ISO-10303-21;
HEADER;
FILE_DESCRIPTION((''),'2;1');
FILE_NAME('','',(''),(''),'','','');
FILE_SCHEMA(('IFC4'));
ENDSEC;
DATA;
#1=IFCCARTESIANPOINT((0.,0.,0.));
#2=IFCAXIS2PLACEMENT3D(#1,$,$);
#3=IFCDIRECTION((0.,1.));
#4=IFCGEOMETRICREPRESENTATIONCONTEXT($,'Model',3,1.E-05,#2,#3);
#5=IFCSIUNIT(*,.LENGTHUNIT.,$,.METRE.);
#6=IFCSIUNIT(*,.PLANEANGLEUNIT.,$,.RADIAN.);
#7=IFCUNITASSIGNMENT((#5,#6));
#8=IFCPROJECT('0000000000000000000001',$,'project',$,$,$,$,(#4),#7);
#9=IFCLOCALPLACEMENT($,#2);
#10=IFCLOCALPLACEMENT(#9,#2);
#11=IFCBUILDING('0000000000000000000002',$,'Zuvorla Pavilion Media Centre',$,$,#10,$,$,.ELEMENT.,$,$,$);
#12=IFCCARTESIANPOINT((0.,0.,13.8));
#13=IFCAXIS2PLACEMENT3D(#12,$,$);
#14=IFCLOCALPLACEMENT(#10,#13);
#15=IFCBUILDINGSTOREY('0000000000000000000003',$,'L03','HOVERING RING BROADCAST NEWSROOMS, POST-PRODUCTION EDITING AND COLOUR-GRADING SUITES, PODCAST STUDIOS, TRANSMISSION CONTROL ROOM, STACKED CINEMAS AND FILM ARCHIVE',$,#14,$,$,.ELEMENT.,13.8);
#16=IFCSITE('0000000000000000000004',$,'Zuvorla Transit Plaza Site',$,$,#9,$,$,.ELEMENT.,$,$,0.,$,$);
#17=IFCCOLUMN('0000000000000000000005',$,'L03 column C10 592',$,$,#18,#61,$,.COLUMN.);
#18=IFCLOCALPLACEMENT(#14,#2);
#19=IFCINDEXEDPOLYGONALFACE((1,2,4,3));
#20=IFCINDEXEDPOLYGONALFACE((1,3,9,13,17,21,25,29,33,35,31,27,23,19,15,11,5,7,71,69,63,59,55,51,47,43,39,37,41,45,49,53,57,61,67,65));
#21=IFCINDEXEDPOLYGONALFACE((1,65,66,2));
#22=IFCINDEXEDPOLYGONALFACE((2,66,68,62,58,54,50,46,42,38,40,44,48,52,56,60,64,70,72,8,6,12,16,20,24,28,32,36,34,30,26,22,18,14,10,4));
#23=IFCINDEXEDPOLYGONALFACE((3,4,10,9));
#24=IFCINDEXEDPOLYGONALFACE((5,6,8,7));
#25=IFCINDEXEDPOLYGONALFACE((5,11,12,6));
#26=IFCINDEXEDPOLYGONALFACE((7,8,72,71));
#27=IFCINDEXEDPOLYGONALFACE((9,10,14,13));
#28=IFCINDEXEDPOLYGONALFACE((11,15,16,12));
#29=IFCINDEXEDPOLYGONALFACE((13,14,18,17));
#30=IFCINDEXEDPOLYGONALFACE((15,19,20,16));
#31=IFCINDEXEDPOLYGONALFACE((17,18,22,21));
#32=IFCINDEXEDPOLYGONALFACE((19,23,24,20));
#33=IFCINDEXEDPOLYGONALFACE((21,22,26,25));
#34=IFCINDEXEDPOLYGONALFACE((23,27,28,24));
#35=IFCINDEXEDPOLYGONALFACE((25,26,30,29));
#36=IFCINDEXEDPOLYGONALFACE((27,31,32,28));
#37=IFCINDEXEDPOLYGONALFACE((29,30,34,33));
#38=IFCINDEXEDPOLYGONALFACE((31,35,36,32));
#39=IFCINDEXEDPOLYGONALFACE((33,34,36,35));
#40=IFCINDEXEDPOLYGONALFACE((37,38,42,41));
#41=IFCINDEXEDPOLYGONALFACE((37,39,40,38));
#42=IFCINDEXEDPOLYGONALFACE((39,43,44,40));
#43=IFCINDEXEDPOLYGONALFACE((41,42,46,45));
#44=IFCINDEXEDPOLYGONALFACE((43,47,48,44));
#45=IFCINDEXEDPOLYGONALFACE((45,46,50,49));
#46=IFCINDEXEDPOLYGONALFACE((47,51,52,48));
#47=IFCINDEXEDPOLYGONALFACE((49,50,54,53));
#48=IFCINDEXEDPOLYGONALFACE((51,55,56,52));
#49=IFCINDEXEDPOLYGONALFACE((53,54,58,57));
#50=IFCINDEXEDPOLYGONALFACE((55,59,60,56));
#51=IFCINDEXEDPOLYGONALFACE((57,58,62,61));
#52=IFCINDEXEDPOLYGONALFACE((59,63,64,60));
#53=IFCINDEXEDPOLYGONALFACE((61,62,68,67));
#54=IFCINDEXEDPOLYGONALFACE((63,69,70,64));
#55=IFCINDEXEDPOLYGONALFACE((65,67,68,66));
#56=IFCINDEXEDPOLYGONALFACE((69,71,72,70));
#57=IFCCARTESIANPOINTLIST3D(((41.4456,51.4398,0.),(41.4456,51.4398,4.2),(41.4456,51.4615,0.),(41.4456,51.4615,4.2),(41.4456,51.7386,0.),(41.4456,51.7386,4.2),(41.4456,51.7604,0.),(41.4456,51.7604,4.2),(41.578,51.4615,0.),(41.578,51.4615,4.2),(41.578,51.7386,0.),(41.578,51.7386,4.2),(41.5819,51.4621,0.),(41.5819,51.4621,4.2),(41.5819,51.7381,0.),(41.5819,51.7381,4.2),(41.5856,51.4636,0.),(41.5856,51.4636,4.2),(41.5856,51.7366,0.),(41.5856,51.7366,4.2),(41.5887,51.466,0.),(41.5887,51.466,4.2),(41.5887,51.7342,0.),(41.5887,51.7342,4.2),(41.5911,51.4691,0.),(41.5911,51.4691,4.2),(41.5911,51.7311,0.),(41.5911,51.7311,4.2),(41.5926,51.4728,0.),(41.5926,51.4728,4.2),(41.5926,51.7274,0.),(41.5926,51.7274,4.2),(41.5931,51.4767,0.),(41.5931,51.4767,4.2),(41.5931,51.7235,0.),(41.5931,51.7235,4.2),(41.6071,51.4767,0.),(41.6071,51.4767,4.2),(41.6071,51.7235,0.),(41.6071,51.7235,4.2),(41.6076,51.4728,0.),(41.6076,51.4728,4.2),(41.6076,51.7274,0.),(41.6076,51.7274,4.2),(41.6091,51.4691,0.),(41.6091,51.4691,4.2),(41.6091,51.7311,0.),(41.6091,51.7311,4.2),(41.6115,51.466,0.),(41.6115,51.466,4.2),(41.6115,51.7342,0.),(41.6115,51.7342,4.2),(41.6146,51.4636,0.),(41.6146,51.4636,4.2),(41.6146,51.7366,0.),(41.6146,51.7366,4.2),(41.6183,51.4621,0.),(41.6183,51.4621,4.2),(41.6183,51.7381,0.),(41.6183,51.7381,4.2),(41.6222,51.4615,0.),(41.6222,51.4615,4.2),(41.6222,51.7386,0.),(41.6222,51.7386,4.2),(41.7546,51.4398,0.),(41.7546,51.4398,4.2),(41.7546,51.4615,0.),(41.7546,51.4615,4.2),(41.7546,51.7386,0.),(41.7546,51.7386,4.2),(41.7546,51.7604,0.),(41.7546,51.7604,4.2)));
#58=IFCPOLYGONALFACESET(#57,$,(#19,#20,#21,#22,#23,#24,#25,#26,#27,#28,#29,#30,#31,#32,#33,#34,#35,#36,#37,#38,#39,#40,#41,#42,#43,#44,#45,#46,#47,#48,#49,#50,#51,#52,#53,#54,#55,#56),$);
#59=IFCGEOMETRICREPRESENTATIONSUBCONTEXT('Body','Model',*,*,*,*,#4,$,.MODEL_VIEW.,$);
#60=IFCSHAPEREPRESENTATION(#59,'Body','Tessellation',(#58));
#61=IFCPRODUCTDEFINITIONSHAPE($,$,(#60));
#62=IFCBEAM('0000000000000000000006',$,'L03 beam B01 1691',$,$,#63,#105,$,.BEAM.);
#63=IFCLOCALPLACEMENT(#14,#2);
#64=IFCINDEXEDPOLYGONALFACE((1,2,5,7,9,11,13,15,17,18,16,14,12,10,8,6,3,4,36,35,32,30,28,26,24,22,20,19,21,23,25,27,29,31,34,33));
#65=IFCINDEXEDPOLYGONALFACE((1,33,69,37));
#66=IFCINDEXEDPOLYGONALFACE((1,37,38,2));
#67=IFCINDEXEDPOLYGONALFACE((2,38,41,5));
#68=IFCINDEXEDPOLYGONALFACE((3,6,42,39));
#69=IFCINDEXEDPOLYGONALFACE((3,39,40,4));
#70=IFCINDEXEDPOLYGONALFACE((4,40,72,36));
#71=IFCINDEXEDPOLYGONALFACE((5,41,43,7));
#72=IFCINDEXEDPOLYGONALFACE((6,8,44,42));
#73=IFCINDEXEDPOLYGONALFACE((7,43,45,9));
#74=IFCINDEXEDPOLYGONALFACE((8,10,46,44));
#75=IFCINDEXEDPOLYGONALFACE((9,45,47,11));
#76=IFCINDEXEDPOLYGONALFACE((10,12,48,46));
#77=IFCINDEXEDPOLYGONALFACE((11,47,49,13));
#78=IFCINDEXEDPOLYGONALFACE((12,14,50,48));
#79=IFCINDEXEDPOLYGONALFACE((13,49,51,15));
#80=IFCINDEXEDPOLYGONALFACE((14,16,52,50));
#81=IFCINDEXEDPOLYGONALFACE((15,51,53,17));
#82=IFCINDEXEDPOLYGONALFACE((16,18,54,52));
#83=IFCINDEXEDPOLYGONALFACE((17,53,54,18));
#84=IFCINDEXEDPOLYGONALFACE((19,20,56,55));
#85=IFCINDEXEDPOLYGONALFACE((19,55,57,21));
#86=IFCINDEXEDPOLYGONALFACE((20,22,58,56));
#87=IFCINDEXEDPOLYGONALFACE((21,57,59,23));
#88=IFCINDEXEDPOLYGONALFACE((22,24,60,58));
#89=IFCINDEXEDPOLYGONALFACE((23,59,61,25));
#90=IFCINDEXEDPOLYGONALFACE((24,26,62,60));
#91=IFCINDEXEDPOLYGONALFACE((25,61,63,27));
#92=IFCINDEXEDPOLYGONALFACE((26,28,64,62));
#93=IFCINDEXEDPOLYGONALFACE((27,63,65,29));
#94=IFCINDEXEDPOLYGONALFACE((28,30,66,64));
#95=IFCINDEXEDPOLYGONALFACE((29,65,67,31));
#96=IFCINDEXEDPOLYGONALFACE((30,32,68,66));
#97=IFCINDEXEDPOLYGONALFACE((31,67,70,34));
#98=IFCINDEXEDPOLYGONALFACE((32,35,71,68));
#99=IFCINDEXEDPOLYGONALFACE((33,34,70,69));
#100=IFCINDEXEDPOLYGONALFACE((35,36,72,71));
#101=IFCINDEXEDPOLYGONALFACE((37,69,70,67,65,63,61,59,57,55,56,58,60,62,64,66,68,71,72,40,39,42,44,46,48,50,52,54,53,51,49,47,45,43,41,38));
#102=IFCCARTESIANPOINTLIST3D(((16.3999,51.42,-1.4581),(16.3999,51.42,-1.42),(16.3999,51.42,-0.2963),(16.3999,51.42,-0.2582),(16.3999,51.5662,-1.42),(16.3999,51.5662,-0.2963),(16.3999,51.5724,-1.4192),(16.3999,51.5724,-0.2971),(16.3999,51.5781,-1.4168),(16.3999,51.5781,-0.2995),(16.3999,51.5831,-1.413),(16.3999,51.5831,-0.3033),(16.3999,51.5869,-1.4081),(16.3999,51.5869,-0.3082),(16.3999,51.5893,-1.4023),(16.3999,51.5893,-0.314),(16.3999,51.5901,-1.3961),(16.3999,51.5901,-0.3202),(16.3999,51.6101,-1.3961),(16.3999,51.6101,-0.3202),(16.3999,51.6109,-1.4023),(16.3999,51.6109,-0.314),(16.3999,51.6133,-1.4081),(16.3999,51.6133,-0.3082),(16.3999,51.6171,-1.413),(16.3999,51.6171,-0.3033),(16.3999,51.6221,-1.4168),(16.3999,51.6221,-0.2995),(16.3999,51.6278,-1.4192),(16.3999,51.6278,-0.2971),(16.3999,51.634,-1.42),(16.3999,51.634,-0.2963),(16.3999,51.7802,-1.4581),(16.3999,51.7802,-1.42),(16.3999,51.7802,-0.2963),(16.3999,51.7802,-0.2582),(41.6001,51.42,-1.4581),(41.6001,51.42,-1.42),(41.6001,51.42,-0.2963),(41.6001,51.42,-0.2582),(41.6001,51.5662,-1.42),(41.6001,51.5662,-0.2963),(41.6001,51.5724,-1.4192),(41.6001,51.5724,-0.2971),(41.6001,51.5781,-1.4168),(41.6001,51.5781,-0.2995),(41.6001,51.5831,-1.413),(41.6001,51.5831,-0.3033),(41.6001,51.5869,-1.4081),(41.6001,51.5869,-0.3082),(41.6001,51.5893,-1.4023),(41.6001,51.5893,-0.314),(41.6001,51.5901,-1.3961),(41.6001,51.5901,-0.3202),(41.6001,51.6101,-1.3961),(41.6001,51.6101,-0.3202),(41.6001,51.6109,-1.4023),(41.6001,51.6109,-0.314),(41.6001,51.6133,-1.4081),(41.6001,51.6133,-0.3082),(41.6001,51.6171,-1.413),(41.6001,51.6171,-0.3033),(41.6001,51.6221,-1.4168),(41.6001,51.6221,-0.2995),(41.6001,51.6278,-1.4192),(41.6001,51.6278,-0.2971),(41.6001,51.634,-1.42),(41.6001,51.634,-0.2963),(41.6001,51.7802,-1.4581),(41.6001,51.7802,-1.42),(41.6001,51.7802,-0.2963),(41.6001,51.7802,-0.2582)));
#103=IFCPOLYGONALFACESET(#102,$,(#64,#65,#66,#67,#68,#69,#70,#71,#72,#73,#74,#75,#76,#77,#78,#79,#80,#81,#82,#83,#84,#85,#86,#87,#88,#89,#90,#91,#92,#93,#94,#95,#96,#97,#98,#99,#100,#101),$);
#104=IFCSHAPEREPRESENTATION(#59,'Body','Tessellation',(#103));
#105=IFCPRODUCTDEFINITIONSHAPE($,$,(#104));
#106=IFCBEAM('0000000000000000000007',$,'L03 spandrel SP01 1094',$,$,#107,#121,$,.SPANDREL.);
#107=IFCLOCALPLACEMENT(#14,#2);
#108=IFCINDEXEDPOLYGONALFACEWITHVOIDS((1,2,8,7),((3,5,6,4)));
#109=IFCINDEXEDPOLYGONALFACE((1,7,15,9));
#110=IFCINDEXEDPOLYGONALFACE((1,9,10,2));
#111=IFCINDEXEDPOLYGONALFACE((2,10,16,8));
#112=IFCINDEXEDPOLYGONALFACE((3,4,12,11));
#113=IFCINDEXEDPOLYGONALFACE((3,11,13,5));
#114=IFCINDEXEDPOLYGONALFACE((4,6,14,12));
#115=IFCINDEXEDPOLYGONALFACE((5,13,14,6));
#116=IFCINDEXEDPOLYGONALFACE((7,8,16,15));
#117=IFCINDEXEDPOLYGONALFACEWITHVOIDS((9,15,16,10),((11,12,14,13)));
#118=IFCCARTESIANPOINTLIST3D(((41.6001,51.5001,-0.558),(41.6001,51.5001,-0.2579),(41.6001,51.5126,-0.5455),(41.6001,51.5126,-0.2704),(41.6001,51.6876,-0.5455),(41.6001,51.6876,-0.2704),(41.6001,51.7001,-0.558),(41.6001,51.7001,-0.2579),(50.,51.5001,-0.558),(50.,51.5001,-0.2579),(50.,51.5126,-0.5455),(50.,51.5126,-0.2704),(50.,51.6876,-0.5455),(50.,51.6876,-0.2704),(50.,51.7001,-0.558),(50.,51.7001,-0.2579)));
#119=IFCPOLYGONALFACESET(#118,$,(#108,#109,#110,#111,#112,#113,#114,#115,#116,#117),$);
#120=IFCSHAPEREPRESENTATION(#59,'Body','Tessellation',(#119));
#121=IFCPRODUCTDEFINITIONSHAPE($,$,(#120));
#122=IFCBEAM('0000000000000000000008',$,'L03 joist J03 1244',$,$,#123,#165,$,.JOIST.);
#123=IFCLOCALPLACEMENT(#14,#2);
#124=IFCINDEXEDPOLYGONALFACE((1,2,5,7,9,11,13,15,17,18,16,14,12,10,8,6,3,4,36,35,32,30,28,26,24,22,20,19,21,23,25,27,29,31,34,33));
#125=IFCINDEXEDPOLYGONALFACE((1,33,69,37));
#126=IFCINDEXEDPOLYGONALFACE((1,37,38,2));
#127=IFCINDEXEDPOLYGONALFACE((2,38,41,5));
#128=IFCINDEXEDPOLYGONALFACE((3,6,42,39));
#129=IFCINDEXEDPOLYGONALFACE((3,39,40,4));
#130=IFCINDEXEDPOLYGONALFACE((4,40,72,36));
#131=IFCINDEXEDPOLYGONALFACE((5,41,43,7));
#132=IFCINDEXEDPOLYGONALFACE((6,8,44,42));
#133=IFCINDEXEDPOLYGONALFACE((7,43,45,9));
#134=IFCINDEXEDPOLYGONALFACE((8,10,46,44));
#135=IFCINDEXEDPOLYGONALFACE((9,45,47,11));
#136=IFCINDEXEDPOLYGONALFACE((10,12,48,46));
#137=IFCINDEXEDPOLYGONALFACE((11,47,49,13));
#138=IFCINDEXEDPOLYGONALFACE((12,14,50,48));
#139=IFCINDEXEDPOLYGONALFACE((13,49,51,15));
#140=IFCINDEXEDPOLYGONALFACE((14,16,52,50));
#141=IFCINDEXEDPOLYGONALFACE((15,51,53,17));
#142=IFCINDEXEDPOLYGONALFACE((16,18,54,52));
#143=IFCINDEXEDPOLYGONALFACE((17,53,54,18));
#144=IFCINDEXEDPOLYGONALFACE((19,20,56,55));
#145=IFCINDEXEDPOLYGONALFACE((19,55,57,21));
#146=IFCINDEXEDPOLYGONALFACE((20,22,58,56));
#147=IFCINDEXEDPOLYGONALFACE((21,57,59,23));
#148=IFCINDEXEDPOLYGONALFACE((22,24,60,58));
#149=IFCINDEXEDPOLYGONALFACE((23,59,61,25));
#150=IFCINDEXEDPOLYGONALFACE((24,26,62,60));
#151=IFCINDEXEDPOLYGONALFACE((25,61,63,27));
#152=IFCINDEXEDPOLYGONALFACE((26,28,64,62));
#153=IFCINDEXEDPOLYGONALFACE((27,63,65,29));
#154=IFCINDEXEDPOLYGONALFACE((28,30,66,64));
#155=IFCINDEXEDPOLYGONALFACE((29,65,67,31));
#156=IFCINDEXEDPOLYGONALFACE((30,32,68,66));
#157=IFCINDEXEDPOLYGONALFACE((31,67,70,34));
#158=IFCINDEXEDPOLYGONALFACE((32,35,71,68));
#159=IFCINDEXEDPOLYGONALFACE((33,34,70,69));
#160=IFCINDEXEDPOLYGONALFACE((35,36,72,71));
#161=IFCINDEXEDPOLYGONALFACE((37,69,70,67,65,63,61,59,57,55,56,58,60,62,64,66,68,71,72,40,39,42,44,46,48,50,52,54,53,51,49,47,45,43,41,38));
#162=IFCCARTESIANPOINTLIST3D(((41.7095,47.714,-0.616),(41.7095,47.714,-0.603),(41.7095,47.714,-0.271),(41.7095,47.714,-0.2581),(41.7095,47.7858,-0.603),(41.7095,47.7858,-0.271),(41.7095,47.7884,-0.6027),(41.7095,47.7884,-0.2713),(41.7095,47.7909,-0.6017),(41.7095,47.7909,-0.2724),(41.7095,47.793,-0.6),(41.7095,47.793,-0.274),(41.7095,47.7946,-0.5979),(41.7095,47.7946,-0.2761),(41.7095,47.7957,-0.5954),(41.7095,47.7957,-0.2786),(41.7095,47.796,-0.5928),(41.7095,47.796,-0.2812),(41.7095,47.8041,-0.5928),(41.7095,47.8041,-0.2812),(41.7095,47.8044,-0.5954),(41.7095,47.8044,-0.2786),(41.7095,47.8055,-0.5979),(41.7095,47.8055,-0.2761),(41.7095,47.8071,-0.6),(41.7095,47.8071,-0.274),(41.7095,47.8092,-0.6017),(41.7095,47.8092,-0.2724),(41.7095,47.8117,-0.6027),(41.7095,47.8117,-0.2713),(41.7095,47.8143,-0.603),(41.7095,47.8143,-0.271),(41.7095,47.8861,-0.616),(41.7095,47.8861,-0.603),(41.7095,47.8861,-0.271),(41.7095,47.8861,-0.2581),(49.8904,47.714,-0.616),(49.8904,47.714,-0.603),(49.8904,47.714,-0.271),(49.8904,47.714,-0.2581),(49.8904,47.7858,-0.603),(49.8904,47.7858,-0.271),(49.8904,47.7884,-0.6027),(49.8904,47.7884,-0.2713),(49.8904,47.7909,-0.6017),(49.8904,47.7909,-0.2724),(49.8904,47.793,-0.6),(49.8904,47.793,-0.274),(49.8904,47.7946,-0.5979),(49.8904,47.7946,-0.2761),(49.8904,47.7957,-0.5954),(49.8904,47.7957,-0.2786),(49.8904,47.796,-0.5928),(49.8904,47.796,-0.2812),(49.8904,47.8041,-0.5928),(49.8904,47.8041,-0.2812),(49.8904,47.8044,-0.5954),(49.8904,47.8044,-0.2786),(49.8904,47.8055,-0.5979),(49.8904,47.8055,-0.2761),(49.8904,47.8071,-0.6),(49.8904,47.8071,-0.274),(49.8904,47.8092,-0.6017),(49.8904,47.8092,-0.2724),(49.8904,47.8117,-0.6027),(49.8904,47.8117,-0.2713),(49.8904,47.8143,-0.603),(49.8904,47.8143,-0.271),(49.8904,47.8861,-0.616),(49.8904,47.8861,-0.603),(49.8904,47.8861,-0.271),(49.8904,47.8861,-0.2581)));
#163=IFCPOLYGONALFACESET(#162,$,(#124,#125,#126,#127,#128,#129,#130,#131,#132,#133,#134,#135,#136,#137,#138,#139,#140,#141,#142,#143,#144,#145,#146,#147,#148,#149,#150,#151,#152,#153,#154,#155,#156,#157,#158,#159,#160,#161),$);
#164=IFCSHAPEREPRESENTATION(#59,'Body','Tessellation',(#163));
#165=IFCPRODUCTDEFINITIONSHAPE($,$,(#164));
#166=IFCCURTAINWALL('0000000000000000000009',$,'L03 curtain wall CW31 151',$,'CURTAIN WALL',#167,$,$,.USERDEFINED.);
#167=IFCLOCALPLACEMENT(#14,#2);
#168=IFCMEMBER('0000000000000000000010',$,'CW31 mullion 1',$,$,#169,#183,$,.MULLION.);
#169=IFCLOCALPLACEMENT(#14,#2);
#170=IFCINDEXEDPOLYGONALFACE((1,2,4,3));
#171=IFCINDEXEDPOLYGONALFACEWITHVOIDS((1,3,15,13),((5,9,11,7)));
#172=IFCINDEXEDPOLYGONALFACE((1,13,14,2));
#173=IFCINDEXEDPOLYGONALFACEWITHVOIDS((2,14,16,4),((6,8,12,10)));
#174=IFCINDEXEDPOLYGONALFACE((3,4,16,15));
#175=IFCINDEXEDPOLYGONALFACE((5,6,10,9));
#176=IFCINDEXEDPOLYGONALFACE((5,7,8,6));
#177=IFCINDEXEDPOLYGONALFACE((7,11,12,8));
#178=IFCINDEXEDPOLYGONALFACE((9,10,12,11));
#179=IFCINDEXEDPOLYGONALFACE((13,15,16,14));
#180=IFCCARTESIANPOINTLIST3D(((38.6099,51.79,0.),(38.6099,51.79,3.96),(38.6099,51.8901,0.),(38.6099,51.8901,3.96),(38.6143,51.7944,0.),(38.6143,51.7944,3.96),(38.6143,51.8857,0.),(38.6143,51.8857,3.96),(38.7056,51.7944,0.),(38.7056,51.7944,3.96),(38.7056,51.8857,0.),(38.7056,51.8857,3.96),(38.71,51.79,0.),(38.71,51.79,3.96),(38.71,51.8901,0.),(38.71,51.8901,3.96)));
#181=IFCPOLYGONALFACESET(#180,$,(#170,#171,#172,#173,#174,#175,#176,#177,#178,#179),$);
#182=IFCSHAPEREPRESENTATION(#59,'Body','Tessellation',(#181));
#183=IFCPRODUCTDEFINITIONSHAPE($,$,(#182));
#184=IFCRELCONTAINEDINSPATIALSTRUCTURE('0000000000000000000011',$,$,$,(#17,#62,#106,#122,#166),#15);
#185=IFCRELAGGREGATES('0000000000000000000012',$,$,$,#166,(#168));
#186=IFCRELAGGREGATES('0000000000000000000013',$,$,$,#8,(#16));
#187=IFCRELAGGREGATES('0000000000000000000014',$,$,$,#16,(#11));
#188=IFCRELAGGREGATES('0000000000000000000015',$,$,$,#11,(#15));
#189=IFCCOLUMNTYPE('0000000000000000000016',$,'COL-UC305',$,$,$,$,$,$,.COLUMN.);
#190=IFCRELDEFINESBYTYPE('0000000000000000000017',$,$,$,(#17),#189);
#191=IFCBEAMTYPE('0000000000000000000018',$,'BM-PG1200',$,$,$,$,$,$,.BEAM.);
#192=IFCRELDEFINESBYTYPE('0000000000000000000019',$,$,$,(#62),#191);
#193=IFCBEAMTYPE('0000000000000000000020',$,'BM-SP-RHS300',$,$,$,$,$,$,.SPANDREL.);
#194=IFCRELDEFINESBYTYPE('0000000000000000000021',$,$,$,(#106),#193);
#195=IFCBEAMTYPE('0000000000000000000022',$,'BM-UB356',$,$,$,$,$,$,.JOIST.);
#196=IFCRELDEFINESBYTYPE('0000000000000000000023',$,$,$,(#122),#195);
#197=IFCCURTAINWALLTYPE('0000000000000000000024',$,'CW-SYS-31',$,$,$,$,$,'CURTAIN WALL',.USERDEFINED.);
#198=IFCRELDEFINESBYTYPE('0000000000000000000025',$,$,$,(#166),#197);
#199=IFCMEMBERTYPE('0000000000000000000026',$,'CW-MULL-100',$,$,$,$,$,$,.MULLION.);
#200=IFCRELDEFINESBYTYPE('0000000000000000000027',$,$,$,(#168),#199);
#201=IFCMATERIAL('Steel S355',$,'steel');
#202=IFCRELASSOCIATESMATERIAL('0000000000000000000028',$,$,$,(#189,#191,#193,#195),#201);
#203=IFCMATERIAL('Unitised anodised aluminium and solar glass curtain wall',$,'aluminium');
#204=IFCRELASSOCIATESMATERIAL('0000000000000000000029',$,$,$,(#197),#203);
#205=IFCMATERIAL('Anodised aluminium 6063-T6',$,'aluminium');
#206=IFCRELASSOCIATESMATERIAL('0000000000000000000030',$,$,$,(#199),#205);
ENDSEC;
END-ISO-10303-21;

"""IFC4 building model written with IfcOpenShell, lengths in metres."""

from ifc_helpers import new_model, si_unit, direction, frame, origin, origin_2d, place, context, subcontext, project, spatial, hollow_rectangle, i_section, extrude, material, material_profile, profile_set, type_object, element, aggregate, save


model = new_model("IFC4")

# Units and contexts
model_context = context("Model", 3, precision=1e-05, world=origin(), true_north=direction((0.0, 1.0)))
body_context = subcontext(model_context, "Body", "Model", "MODEL_VIEW")
ifc_project = project(units=[si_unit("LENGTHUNIT", "METRE"), si_unit("PLANEANGLEUNIT", "RADIAN")], contexts=[model_context])

# Site, building, storey
site_placement = place(None, origin())
site = spatial("IfcSite", under=ifc_project, at=site_placement, Name="Zuvorla Transit Plaza Site", CompositionType="ELEMENT", RefElevation=0.0)
building_placement = place(site_placement, origin())
building = spatial("IfcBuilding", under=site, at=building_placement, Name="Zuvorla Pavilion Media Centre", CompositionType="ELEMENT")
storey_placement = place(building_placement, frame((0.0, 0.0, 13.8)))
storey = spatial("IfcBuildingStorey", under=building, at=storey_placement, Name="L03", Description="HOVERING RING BROADCAST NEWSROOMS, POST-PRODUCTION EDITING AND COLOUR-GRADING SUITES, PODCAST STUDIOS, TRANSMISSION CONTROL ROOM, STACKED CINEMAS AND FILM ARCHIVE", CompositionType="ELEMENT", Elevation=13.8)

# Column
ifc_material_1 = material(Name="Steel S355", Category="steel")
ifc_material_profile_1 = material_profile(ifc_material_1, i_section(OverallWidth=0.3091, OverallDepth=0.3206, WebThickness=0.0139, FlangeThickness=0.0217, FilletRadius=0.0151, at=origin_2d()), Name="UC 305x305x137")
ifc_profile_set_1 = profile_set([ifc_material_profile_1], Name="Steel S355")
column_type = type_object("IfcColumnType", Name="COL-UC305", PredefinedType="COLUMN", material=ifc_profile_set_1)
column_placement = place(storey_placement, frame((41.6001, 51.6001, 0.0), z_axis=(0.0, 0.0, 1.0), x_axis=(1.0, 0.0, 0.0)))
element("IfcColumn", 1, at=column_placement, inside=storey, type_object=column_type, Name="L03 column C10 592", PredefinedType="COLUMN", context=body_context, shape_type="SweptSolid", body=[
    extrude(i_section(OverallWidth=0.3091, OverallDepth=0.3206, WebThickness=0.0139, FlangeThickness=0.0217, FilletRadius=0.0151, at=origin_2d()), origin(), (0.0, 0.0, 1.0), 4.2),
])

# Beams
ifc_material_profile_2 = material_profile(ifc_material_1, i_section(OverallWidth=0.3601, OverallDepth=1.2, WebThickness=0.02, FlangeThickness=0.0381, FilletRadius=0.0239, at=origin_2d()), Name="PG 1200x360x38")
ifc_profile_set_2 = profile_set([ifc_material_profile_2], Name="Steel S355")
beam_type_1 = type_object("IfcBeamType", Name="BM-PG1200", PredefinedType="BEAM", material=ifc_profile_set_2)
beam_1_placement = place(storey_placement, frame((41.6001, 51.6001, -0.8582), z_axis=(-1.0, 0.0, 0.0), x_axis=(0.0, -1.0, 0.0)))
element("IfcBeam", 2, at=beam_1_placement, inside=storey, type_object=beam_type_1, Name="L03 beam B01 1691", PredefinedType="BEAM", context=body_context, shape_type="SweptSolid", body=[
    extrude(i_section(OverallWidth=0.3601, OverallDepth=1.2, WebThickness=0.02, FlangeThickness=0.0381, FilletRadius=0.0239, at=origin_2d()), origin(), (0.0, 0.0, 1.0), 25.2002),
])
ifc_material_profile_3 = material_profile(ifc_material_1, hollow_rectangle(XDim=0.2, YDim=0.3, WallThickness=0.0125, at=origin_2d()), Name="RHS 300x200x12.5")
ifc_profile_set_3 = profile_set([ifc_material_profile_3], Name="Steel S355")
beam_type_2 = type_object("IfcBeamType", Name="BM-SP-RHS300", PredefinedType="SPANDREL", material=ifc_profile_set_3)
beam_2_placement = place(storey_placement, frame((41.6001, 51.6001, -0.408), z_axis=(1.0, 0.0, 0.0), x_axis=(0.0, 1.0, 0.0)))
element("IfcBeam", 3, at=beam_2_placement, inside=storey, type_object=beam_type_2, Name="L03 spandrel SP01 1094", PredefinedType="SPANDREL", context=body_context, shape_type="SweptSolid", body=[
    extrude(hollow_rectangle(XDim=0.2, YDim=0.3, WallThickness=0.0125, at=origin_2d()), origin(), (0.0, 0.0, 1.0), 8.3999),
])
ifc_material_profile_4 = material_profile(ifc_material_1, i_section(OverallWidth=0.1721, OverallDepth=0.3579, WebThickness=0.0081, FlangeThickness=0.0129, FilletRadius=0.0103, at=origin_2d()), Name="UB 356x171x57")
ifc_profile_set_4 = profile_set([ifc_material_profile_4], Name="Steel S355")
beam_type_3 = type_object("IfcBeamType", Name="BM-UB356", PredefinedType="JOIST", material=ifc_profile_set_4)
beam_3_placement = place(storey_placement, frame((41.7095, 47.8, -0.437), z_axis=(1.0, 0.0, 0.0), x_axis=(0.0, 1.0, 0.0)))
element("IfcBeam", 4, at=beam_3_placement, inside=storey, type_object=beam_type_3, Name="L03 joist J03 1244", PredefinedType="JOIST", context=body_context, shape_type="SweptSolid", body=[
    extrude(i_section(OverallWidth=0.1721, OverallDepth=0.3579, WebThickness=0.0081, FlangeThickness=0.0129, FilletRadius=0.0103, at=origin_2d()), origin(), (0.0, 0.0, 1.0), 8.1809),
])

# Curtain wall, member
ifc_material_2 = material(Name="Unitised anodised aluminium and solar glass curtain wall", Category="aluminium")
curtain_wall_type_1 = type_object("IfcCurtainWallType", Name="CW-SYS-31", ElementType="CURTAIN WALL", PredefinedType="USERDEFINED", material=ifc_material_2)
curtain_wall_1_placement = place(storey_placement, origin())
curtain_wall_1 = element("IfcCurtainWall", 5, at=curtain_wall_1_placement, inside=storey, type_object=curtain_wall_type_1, Name="L03 curtain wall CW31 151", ObjectType="CURTAIN WALL", PredefinedType="USERDEFINED")
ifc_material_3 = material(Name="Anodised aluminium 6063-T6", Category="aluminium")
ifc_material_profile_5 = material_profile(ifc_material_3, hollow_rectangle(XDim=0.1001, YDim=0.1001, WallThickness=0.0044, at=origin_2d()), Name="ALU MULL 100x100")
ifc_profile_set_5 = profile_set([ifc_material_profile_5], Name="Anodised aluminium 6063-T6")
member_type_1 = type_object("IfcMemberType", Name="CW-MULL-100", PredefinedType="MULLION", material=ifc_profile_set_5)
member_1_placement = place(storey_placement, frame((38.6599, 51.8401, 0.0), z_axis=(0.0, 0.0, 1.0), x_axis=(1.0, 0.0, 0.0)))
member_1 = element("IfcMember", 6, at=member_1_placement, type_object=member_type_1, Name="CW31 mullion 1", PredefinedType="MULLION", context=body_context, shape_type="SweptSolid", body=[
    extrude(hollow_rectangle(XDim=0.1001, YDim=0.1001, WallThickness=0.0044, at=origin_2d()), origin(), (0.0, 0.0, 1.0), 3.96),
])

aggregate(curtain_wall_1, [member_1])

save(model, "model.ifc")
